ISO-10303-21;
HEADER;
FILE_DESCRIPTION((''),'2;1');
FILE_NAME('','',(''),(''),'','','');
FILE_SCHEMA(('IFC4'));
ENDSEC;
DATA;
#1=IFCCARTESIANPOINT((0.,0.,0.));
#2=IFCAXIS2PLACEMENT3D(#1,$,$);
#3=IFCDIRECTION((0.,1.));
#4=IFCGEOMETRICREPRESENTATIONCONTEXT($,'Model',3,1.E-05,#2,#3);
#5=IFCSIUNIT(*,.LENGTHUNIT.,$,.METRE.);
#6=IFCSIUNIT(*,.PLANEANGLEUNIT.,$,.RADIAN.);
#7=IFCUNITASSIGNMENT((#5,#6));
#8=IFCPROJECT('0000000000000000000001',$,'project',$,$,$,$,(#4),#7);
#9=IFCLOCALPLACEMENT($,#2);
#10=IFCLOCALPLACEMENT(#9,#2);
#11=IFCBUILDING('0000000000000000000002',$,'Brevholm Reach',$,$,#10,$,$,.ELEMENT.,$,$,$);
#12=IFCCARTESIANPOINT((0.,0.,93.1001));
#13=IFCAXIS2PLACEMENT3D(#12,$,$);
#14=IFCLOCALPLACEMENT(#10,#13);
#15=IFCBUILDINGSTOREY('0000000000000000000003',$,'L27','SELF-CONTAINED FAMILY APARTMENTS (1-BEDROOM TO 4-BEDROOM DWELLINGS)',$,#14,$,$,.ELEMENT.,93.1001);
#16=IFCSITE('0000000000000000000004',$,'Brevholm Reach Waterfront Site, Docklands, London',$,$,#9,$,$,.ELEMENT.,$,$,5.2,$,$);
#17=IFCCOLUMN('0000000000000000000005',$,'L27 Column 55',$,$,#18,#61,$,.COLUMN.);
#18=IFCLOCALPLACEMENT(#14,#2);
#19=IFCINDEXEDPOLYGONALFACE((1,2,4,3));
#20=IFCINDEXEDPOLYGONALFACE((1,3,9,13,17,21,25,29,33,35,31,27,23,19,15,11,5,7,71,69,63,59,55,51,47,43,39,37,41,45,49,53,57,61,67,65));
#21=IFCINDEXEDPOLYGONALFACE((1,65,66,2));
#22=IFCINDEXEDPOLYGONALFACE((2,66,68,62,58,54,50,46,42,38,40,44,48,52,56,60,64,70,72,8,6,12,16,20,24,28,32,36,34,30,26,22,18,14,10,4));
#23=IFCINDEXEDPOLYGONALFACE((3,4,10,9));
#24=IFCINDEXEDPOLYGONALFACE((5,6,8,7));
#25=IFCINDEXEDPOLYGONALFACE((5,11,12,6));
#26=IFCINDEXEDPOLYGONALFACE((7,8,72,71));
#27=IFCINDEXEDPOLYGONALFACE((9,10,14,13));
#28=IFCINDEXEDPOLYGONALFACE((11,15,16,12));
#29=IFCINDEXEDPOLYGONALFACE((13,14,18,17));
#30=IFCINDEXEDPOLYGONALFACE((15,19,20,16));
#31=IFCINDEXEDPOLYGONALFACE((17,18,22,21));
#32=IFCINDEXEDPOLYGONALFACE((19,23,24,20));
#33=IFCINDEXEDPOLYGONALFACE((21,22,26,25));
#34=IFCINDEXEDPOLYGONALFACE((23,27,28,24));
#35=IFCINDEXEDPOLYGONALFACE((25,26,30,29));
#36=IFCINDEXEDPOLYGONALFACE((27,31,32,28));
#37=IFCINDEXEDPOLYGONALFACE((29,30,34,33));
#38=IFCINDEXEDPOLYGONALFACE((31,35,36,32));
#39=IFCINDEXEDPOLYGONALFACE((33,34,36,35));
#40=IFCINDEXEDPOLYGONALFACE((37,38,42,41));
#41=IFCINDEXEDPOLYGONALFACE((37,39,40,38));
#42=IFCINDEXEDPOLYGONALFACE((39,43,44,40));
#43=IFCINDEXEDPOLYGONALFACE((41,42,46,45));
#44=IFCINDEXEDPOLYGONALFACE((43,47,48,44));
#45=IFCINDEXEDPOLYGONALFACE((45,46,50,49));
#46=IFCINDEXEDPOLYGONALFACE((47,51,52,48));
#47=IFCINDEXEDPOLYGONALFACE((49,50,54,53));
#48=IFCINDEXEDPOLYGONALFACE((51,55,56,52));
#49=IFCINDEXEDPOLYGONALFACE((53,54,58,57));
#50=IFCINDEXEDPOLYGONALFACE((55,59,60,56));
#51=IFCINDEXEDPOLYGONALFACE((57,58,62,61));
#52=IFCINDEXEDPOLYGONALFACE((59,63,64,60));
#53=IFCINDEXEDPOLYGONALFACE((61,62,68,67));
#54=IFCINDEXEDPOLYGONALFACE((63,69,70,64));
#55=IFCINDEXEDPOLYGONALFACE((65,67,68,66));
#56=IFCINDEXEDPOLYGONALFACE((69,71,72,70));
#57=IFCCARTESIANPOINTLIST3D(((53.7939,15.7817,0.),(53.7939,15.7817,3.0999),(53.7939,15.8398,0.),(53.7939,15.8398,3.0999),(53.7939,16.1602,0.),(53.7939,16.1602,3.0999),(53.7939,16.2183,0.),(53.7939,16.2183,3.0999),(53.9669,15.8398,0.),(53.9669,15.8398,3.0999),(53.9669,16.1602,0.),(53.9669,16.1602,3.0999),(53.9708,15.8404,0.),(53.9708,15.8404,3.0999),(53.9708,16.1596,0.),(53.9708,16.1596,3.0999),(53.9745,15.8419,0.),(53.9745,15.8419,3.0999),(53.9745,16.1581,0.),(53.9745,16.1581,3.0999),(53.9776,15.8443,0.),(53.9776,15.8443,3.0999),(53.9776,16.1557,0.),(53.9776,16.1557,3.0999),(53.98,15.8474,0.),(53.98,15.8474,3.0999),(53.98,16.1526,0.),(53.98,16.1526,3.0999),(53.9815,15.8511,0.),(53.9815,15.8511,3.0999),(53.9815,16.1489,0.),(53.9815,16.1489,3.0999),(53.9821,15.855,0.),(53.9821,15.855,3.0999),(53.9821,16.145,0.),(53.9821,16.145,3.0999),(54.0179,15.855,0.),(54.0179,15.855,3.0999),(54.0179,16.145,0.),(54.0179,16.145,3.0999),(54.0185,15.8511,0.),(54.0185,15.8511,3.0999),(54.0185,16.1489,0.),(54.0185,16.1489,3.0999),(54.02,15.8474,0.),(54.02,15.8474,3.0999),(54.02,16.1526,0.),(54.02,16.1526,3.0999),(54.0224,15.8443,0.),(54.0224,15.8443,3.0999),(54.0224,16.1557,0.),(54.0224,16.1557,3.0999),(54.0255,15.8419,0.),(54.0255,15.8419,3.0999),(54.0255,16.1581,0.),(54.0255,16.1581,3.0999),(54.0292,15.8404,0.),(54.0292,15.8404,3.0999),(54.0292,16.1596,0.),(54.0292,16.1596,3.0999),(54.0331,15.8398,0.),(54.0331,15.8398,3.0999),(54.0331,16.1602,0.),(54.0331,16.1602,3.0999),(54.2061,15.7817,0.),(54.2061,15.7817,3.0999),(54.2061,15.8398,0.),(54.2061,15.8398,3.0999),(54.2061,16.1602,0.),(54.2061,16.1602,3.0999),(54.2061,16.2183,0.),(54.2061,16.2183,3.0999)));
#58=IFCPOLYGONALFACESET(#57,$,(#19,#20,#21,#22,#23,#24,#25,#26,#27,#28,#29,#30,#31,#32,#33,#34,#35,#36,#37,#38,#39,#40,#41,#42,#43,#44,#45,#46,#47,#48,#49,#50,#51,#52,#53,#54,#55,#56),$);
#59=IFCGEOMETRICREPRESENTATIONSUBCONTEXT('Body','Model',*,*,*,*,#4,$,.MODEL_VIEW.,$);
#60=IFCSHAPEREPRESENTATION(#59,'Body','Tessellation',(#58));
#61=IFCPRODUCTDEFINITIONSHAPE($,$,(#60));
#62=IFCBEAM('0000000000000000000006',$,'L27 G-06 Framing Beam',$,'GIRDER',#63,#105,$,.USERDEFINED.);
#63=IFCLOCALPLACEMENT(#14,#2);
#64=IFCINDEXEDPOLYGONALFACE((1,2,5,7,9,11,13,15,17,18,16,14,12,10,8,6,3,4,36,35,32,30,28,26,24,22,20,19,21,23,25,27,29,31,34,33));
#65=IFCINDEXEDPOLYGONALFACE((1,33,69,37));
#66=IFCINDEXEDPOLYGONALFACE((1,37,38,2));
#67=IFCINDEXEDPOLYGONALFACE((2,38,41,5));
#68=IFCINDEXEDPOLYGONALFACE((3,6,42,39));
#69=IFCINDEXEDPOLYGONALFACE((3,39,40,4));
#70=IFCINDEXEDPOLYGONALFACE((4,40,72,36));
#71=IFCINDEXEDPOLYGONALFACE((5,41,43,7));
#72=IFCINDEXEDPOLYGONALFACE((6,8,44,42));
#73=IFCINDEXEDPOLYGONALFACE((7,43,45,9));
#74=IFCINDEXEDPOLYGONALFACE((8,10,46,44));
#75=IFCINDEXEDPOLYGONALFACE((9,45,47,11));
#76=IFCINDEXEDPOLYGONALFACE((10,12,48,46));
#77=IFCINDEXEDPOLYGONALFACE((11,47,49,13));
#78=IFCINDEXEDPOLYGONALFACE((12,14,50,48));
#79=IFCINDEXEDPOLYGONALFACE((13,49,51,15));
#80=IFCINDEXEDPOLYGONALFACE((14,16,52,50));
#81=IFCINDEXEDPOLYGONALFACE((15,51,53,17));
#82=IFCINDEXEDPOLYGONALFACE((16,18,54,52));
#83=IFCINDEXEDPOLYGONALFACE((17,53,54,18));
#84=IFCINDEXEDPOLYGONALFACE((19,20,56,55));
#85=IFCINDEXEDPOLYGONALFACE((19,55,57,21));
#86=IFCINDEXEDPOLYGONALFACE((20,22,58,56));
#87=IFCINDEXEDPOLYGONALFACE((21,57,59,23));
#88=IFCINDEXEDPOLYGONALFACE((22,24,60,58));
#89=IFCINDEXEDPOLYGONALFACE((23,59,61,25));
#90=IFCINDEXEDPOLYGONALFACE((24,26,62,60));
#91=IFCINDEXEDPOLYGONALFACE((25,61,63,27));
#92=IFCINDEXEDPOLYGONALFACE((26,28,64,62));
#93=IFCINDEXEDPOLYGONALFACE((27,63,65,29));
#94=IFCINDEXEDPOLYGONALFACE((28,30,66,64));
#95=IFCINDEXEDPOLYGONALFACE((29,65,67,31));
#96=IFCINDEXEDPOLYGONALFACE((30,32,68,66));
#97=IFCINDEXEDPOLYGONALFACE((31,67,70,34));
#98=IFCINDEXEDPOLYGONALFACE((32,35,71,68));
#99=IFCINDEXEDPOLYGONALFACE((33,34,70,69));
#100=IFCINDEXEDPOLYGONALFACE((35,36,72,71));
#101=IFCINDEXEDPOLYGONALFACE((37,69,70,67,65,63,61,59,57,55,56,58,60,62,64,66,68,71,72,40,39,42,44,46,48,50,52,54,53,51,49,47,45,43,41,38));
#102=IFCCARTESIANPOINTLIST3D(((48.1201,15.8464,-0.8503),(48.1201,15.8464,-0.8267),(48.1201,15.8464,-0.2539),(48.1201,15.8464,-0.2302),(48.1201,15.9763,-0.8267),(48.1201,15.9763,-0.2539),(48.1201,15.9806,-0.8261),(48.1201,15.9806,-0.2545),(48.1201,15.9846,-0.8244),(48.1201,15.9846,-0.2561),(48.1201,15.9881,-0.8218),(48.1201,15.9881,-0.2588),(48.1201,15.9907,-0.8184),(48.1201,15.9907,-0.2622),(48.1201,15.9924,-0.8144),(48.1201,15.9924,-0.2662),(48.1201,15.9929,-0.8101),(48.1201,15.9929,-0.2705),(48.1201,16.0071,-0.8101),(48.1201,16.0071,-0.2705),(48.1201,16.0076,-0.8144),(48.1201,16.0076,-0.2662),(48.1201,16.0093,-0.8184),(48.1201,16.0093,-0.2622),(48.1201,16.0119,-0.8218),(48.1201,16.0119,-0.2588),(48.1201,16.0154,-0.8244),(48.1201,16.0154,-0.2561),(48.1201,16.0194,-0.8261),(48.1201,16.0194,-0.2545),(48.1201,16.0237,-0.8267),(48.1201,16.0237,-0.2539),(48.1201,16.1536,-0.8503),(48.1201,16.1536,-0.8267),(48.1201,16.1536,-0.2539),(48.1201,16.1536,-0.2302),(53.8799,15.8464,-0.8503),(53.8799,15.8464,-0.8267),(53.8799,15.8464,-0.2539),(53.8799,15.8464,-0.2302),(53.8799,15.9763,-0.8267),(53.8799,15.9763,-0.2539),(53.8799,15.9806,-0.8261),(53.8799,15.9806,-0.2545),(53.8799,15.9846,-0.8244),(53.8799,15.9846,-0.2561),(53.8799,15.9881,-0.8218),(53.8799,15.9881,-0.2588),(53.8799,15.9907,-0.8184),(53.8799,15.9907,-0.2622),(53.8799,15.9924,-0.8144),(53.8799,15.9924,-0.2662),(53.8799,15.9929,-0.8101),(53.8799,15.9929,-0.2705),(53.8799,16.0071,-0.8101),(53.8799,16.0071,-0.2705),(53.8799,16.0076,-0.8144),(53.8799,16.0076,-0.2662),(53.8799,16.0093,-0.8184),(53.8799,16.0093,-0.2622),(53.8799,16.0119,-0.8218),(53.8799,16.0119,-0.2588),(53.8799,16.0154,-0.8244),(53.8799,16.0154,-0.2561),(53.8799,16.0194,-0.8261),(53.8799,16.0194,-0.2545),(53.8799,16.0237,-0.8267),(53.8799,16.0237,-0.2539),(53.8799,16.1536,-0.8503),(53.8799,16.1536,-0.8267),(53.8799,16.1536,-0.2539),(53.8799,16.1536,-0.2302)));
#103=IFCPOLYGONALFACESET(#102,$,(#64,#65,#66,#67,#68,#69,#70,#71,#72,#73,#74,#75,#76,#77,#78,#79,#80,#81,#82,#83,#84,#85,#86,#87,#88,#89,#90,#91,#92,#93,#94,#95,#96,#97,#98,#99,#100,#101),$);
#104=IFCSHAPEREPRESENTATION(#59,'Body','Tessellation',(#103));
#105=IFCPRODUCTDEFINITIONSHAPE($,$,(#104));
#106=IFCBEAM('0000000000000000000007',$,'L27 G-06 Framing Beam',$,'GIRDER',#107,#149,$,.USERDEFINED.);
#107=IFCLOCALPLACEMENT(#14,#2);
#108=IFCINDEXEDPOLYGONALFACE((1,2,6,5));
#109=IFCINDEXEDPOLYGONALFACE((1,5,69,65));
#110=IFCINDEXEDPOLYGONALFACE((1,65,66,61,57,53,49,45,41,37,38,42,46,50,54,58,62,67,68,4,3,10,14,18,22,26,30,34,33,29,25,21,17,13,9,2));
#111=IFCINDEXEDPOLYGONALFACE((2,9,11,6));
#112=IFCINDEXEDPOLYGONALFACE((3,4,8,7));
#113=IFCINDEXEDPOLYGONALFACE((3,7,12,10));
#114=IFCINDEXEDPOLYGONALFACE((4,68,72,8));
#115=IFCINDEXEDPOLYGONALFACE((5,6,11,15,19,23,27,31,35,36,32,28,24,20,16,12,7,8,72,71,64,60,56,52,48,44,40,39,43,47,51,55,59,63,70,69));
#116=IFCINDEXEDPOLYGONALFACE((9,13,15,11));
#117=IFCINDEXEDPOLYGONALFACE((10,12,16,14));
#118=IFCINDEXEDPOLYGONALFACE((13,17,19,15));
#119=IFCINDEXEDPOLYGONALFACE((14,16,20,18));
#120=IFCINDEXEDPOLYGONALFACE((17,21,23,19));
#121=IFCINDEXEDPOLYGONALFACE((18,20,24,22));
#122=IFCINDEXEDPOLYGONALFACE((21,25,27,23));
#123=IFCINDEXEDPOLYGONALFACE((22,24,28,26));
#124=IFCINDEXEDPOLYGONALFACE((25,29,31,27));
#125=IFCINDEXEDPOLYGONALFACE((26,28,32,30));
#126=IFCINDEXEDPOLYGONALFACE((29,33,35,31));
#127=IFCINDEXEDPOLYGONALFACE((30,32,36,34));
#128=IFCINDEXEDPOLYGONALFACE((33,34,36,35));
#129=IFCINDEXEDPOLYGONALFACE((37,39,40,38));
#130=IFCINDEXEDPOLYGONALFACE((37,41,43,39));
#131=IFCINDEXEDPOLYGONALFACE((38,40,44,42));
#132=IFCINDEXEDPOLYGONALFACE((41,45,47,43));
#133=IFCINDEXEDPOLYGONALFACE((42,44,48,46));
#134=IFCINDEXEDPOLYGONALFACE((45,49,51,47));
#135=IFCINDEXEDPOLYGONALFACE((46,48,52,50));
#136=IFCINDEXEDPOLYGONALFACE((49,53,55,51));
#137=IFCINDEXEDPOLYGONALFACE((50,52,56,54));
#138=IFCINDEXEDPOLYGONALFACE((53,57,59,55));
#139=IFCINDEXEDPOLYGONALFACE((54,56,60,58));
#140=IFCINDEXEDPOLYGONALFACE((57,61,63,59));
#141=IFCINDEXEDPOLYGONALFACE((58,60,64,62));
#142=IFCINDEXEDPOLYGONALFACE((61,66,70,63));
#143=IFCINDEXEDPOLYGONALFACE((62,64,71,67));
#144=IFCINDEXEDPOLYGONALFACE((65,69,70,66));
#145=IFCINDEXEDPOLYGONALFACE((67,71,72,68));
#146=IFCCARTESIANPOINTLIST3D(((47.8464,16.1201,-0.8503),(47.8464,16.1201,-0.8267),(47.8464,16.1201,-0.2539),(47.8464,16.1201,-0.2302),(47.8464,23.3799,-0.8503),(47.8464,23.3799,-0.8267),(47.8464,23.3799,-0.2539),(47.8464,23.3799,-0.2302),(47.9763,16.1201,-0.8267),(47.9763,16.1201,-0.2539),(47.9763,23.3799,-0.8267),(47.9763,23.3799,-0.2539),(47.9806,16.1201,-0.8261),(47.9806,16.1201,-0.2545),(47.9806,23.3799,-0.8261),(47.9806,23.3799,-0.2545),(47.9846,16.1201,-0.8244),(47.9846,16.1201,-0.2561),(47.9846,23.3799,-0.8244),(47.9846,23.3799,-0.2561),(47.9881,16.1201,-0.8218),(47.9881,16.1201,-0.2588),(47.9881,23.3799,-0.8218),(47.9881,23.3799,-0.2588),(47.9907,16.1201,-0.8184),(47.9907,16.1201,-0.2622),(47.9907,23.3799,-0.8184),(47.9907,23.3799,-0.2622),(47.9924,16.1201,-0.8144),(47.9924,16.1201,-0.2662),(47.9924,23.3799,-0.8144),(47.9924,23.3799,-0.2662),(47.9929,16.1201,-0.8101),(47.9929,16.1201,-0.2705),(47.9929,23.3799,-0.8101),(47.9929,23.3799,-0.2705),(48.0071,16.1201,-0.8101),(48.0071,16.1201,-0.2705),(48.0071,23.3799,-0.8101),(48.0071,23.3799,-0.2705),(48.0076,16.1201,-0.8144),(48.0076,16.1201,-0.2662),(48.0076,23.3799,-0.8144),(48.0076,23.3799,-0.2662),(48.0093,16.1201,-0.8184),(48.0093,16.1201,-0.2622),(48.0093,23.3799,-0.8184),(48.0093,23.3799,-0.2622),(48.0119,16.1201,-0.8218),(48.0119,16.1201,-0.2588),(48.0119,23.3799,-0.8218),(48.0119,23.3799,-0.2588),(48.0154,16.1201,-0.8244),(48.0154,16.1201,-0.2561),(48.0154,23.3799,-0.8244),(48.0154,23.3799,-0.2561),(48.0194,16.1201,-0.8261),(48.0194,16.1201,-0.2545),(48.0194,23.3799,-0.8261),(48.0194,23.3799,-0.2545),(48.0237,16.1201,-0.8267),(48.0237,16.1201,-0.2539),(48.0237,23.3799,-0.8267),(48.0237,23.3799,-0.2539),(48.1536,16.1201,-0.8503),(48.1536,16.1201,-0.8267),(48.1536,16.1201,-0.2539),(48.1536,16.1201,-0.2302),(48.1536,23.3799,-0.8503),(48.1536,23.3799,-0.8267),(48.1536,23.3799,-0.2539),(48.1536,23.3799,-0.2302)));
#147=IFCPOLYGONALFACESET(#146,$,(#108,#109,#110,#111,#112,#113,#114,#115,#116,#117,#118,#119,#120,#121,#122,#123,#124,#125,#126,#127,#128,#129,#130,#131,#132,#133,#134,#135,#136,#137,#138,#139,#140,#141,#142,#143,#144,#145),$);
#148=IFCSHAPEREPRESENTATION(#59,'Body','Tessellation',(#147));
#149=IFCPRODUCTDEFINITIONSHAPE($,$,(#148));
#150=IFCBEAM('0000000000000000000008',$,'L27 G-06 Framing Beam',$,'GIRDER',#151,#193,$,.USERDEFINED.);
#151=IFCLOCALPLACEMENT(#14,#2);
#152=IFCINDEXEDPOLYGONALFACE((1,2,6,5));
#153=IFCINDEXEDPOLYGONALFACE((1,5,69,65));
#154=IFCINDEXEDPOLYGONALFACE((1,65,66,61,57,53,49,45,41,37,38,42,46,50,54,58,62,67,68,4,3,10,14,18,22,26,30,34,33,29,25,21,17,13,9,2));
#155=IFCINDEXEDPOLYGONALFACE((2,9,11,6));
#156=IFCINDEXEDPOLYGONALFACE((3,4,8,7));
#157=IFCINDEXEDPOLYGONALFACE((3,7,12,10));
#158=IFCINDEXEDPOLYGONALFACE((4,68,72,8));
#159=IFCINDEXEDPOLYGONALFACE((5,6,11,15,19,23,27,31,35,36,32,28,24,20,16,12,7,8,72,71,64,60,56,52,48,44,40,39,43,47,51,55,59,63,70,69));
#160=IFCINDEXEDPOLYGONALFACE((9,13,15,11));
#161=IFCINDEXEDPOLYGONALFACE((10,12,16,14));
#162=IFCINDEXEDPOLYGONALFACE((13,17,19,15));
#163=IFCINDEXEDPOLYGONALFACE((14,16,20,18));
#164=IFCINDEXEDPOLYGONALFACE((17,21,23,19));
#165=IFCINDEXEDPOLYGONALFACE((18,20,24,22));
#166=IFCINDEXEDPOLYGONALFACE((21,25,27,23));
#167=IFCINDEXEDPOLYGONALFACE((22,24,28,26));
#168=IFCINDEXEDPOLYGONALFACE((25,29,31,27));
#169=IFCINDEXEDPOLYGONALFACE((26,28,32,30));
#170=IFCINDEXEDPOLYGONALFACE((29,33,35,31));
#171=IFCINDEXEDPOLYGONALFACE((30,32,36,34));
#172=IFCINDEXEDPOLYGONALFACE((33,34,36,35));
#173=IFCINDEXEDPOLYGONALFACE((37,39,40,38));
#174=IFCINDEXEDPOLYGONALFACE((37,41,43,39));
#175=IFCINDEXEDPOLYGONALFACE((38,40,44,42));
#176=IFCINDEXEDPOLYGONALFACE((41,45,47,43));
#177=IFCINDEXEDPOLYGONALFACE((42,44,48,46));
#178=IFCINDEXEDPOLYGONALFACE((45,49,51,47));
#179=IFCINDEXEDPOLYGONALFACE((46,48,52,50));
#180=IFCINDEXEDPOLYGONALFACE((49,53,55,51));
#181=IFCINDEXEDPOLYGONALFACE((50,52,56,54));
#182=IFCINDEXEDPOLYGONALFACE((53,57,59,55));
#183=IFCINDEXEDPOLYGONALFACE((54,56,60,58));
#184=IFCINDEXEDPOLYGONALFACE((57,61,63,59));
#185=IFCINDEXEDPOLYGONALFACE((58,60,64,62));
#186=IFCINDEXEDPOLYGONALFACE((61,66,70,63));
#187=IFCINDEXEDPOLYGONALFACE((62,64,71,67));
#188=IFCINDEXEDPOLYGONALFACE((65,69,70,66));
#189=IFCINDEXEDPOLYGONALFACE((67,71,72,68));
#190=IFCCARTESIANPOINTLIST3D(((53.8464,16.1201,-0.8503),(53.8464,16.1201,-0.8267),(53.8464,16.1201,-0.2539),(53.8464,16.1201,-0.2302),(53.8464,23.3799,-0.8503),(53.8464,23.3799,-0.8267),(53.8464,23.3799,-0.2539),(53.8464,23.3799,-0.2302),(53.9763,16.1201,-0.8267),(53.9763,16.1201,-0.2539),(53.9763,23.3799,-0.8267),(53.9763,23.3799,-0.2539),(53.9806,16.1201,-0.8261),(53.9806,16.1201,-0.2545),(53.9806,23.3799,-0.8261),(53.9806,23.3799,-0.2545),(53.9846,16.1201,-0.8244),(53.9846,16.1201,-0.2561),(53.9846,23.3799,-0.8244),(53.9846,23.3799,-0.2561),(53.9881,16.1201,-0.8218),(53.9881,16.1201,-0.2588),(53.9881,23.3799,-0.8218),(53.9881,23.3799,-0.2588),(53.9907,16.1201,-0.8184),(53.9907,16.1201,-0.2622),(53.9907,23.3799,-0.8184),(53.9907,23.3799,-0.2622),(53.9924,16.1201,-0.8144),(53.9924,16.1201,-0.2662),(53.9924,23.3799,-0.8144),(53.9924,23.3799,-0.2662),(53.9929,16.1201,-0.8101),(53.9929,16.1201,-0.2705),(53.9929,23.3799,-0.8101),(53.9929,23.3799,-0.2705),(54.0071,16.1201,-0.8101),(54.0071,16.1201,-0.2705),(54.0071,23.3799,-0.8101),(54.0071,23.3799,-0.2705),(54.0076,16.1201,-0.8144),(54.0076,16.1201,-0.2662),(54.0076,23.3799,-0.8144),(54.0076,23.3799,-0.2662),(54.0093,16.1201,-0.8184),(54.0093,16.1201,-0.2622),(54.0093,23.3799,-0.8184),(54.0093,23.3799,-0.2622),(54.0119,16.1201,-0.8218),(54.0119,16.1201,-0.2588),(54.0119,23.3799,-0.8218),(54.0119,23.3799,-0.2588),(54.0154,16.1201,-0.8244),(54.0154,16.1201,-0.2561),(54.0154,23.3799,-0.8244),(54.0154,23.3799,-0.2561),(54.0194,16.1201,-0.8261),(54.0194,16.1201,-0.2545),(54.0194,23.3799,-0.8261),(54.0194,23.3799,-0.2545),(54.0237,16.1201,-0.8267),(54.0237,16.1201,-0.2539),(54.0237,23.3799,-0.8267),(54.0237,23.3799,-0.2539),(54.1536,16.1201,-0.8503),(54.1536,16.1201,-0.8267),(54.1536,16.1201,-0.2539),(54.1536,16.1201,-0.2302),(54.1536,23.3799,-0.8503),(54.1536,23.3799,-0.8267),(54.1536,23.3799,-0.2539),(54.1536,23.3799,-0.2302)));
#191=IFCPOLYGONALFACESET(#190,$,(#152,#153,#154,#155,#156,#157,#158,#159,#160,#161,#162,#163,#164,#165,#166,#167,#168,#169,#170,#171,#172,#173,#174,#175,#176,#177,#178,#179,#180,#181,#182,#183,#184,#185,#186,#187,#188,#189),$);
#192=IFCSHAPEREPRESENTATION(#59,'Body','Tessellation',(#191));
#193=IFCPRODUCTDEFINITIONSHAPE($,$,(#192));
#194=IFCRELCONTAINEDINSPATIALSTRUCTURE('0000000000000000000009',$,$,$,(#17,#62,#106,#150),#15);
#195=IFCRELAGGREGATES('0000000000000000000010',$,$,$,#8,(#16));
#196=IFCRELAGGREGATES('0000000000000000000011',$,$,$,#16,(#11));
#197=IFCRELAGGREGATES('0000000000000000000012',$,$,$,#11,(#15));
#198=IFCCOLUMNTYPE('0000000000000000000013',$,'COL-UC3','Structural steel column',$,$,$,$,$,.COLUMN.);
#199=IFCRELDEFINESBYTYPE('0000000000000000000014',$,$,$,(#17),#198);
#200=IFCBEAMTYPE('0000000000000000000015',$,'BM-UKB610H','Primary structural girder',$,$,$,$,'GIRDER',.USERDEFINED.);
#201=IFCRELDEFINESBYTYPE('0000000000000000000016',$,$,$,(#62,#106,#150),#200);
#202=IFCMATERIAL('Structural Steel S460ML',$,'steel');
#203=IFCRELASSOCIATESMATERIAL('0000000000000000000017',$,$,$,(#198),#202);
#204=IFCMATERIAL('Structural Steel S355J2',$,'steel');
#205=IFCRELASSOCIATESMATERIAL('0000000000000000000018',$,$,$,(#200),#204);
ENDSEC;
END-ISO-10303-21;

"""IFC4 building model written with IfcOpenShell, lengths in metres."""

from ifc_helpers import new_model, si_unit, direction, frame, origin, origin_2d, place, context, subcontext, project, spatial, i_section, extrude, material, material_profile, profile_set, type_object, element, save


model = new_model("IFC4")

# Units and contexts
model_context = context("Model", 3, precision=1e-05, world=origin(), true_north=direction((0.0, 1.0)))
body_context = subcontext(model_context, "Body", "Model", "MODEL_VIEW")
ifc_project = project(units=[si_unit("LENGTHUNIT", "METRE"), si_unit("PLANEANGLEUNIT", "RADIAN")], contexts=[model_context])

# Site, building, storey
site_placement = place(None, origin())
site = spatial("IfcSite", under=ifc_project, at=site_placement, Name="Brevholm Reach Waterfront Site, Docklands, London", CompositionType="ELEMENT", RefElevation=5.2)
building_placement = place(site_placement, origin())
building = spatial("IfcBuilding", under=site, at=building_placement, Name="Brevholm Reach", CompositionType="ELEMENT")
storey_placement = place(building_placement, frame((0.0, 0.0, 93.1001)))
storey = spatial("IfcBuildingStorey", under=building, at=storey_placement, Name="L27", Description="SELF-CONTAINED FAMILY APARTMENTS (1-BEDROOM TO 4-BEDROOM DWELLINGS)", CompositionType="ELEMENT", Elevation=93.1001)

# Column
ifc_material_1 = material(Name="Structural Steel S460ML", Category="steel")
ifc_material_profile_1 = material_profile(ifc_material_1, i_section(OverallWidth=0.4121, OverallDepth=0.4365, WebThickness=0.0359, FlangeThickness=0.0581, FilletRadius=0.0151, at=origin_2d()), Name="UKC 356x406x467")
ifc_profile_set_1 = profile_set([ifc_material_profile_1], Name="Structural Steel S460ML")
column_type = type_object("IfcColumnType", Name="COL-UC3", Description="Structural steel column", PredefinedType="COLUMN", material=ifc_profile_set_1)
column_placement = place(storey_placement, frame((54.0, 16.0, 0.0), z_axis=(0.0, 0.0, 1.0), x_axis=(1.0, 0.0, 0.0)))
element("IfcColumn", 1, at=column_placement, inside=storey, type_object=column_type, Name="L27 Column 55", PredefinedType="COLUMN", context=body_context, shape_type="SweptSolid", body=[
    extrude(i_section(OverallWidth=0.4121, OverallDepth=0.4365, WebThickness=0.0359, FlangeThickness=0.0581, FilletRadius=0.0151, at=origin_2d()), origin(), (0.0, 0.0, 1.0), 3.0999),
])

# Beams
ifc_material_2 = material(Name="Structural Steel S355J2", Category="steel")
ifc_material_profile_2 = material_profile(ifc_material_2, i_section(OverallWidth=0.3071, OverallDepth=0.6201, WebThickness=0.0142, FlangeThickness=0.0237, FilletRadius=0.0166, at=origin_2d()), Name="UKB 610x305x179")
ifc_profile_set_2 = profile_set([ifc_material_profile_2], Name="Structural Steel S355J2")
beam_type = type_object("IfcBeamType", Name="BM-UKB610H", Description="Primary structural girder", ElementType="GIRDER", PredefinedType="USERDEFINED", material=ifc_profile_set_2)
beam_placement = place(storey_placement, frame((48.1201, 16.0, -0.5403), z_axis=(1.0, 0.0, 0.0), x_axis=(0.0, 1.0, 0.0)))
element("IfcBeam", 2, at=beam_placement, inside=storey, type_object=beam_type, Name="L27 G-06 Framing Beam", ObjectType="GIRDER", PredefinedType="USERDEFINED", context=body_context, shape_type="SweptSolid", body=[
    extrude(i_section(OverallWidth=0.3071, OverallDepth=0.6201, WebThickness=0.0142, FlangeThickness=0.0237, FilletRadius=0.0166, at=origin_2d()), origin(), (0.0, 0.0, 1.0), 5.7598),
])
for number, where, z_axis, x_axis, name in (
    (3, (48.0, 16.1201, -0.5403), (0.0, 1.0, 0.0), (-1.0, 0.0, 0.0), "L27 G-06 Framing Beam"),
    (4, (54.0, 16.1201, -0.5403), (0.0, 1.0, 0.0), (-1.0, 0.0, 0.0), "L27 G-06 Framing Beam"),
):
    element("IfcBeam", number, at=place(storey_placement, frame(where, z_axis=z_axis, x_axis=x_axis)), inside=storey, type_object=beam_type, Name=name, ObjectType="GIRDER", PredefinedType="USERDEFINED", context=body_context, shape_type="SweptSolid", body=[
        extrude(i_section(OverallWidth=0.3071, OverallDepth=0.6201, WebThickness=0.0142, FlangeThickness=0.0237, FilletRadius=0.0166, at=origin_2d()), origin(), (0.0, 0.0, 1.0), 7.2598),
    ])

save(model, "model.ifc")
